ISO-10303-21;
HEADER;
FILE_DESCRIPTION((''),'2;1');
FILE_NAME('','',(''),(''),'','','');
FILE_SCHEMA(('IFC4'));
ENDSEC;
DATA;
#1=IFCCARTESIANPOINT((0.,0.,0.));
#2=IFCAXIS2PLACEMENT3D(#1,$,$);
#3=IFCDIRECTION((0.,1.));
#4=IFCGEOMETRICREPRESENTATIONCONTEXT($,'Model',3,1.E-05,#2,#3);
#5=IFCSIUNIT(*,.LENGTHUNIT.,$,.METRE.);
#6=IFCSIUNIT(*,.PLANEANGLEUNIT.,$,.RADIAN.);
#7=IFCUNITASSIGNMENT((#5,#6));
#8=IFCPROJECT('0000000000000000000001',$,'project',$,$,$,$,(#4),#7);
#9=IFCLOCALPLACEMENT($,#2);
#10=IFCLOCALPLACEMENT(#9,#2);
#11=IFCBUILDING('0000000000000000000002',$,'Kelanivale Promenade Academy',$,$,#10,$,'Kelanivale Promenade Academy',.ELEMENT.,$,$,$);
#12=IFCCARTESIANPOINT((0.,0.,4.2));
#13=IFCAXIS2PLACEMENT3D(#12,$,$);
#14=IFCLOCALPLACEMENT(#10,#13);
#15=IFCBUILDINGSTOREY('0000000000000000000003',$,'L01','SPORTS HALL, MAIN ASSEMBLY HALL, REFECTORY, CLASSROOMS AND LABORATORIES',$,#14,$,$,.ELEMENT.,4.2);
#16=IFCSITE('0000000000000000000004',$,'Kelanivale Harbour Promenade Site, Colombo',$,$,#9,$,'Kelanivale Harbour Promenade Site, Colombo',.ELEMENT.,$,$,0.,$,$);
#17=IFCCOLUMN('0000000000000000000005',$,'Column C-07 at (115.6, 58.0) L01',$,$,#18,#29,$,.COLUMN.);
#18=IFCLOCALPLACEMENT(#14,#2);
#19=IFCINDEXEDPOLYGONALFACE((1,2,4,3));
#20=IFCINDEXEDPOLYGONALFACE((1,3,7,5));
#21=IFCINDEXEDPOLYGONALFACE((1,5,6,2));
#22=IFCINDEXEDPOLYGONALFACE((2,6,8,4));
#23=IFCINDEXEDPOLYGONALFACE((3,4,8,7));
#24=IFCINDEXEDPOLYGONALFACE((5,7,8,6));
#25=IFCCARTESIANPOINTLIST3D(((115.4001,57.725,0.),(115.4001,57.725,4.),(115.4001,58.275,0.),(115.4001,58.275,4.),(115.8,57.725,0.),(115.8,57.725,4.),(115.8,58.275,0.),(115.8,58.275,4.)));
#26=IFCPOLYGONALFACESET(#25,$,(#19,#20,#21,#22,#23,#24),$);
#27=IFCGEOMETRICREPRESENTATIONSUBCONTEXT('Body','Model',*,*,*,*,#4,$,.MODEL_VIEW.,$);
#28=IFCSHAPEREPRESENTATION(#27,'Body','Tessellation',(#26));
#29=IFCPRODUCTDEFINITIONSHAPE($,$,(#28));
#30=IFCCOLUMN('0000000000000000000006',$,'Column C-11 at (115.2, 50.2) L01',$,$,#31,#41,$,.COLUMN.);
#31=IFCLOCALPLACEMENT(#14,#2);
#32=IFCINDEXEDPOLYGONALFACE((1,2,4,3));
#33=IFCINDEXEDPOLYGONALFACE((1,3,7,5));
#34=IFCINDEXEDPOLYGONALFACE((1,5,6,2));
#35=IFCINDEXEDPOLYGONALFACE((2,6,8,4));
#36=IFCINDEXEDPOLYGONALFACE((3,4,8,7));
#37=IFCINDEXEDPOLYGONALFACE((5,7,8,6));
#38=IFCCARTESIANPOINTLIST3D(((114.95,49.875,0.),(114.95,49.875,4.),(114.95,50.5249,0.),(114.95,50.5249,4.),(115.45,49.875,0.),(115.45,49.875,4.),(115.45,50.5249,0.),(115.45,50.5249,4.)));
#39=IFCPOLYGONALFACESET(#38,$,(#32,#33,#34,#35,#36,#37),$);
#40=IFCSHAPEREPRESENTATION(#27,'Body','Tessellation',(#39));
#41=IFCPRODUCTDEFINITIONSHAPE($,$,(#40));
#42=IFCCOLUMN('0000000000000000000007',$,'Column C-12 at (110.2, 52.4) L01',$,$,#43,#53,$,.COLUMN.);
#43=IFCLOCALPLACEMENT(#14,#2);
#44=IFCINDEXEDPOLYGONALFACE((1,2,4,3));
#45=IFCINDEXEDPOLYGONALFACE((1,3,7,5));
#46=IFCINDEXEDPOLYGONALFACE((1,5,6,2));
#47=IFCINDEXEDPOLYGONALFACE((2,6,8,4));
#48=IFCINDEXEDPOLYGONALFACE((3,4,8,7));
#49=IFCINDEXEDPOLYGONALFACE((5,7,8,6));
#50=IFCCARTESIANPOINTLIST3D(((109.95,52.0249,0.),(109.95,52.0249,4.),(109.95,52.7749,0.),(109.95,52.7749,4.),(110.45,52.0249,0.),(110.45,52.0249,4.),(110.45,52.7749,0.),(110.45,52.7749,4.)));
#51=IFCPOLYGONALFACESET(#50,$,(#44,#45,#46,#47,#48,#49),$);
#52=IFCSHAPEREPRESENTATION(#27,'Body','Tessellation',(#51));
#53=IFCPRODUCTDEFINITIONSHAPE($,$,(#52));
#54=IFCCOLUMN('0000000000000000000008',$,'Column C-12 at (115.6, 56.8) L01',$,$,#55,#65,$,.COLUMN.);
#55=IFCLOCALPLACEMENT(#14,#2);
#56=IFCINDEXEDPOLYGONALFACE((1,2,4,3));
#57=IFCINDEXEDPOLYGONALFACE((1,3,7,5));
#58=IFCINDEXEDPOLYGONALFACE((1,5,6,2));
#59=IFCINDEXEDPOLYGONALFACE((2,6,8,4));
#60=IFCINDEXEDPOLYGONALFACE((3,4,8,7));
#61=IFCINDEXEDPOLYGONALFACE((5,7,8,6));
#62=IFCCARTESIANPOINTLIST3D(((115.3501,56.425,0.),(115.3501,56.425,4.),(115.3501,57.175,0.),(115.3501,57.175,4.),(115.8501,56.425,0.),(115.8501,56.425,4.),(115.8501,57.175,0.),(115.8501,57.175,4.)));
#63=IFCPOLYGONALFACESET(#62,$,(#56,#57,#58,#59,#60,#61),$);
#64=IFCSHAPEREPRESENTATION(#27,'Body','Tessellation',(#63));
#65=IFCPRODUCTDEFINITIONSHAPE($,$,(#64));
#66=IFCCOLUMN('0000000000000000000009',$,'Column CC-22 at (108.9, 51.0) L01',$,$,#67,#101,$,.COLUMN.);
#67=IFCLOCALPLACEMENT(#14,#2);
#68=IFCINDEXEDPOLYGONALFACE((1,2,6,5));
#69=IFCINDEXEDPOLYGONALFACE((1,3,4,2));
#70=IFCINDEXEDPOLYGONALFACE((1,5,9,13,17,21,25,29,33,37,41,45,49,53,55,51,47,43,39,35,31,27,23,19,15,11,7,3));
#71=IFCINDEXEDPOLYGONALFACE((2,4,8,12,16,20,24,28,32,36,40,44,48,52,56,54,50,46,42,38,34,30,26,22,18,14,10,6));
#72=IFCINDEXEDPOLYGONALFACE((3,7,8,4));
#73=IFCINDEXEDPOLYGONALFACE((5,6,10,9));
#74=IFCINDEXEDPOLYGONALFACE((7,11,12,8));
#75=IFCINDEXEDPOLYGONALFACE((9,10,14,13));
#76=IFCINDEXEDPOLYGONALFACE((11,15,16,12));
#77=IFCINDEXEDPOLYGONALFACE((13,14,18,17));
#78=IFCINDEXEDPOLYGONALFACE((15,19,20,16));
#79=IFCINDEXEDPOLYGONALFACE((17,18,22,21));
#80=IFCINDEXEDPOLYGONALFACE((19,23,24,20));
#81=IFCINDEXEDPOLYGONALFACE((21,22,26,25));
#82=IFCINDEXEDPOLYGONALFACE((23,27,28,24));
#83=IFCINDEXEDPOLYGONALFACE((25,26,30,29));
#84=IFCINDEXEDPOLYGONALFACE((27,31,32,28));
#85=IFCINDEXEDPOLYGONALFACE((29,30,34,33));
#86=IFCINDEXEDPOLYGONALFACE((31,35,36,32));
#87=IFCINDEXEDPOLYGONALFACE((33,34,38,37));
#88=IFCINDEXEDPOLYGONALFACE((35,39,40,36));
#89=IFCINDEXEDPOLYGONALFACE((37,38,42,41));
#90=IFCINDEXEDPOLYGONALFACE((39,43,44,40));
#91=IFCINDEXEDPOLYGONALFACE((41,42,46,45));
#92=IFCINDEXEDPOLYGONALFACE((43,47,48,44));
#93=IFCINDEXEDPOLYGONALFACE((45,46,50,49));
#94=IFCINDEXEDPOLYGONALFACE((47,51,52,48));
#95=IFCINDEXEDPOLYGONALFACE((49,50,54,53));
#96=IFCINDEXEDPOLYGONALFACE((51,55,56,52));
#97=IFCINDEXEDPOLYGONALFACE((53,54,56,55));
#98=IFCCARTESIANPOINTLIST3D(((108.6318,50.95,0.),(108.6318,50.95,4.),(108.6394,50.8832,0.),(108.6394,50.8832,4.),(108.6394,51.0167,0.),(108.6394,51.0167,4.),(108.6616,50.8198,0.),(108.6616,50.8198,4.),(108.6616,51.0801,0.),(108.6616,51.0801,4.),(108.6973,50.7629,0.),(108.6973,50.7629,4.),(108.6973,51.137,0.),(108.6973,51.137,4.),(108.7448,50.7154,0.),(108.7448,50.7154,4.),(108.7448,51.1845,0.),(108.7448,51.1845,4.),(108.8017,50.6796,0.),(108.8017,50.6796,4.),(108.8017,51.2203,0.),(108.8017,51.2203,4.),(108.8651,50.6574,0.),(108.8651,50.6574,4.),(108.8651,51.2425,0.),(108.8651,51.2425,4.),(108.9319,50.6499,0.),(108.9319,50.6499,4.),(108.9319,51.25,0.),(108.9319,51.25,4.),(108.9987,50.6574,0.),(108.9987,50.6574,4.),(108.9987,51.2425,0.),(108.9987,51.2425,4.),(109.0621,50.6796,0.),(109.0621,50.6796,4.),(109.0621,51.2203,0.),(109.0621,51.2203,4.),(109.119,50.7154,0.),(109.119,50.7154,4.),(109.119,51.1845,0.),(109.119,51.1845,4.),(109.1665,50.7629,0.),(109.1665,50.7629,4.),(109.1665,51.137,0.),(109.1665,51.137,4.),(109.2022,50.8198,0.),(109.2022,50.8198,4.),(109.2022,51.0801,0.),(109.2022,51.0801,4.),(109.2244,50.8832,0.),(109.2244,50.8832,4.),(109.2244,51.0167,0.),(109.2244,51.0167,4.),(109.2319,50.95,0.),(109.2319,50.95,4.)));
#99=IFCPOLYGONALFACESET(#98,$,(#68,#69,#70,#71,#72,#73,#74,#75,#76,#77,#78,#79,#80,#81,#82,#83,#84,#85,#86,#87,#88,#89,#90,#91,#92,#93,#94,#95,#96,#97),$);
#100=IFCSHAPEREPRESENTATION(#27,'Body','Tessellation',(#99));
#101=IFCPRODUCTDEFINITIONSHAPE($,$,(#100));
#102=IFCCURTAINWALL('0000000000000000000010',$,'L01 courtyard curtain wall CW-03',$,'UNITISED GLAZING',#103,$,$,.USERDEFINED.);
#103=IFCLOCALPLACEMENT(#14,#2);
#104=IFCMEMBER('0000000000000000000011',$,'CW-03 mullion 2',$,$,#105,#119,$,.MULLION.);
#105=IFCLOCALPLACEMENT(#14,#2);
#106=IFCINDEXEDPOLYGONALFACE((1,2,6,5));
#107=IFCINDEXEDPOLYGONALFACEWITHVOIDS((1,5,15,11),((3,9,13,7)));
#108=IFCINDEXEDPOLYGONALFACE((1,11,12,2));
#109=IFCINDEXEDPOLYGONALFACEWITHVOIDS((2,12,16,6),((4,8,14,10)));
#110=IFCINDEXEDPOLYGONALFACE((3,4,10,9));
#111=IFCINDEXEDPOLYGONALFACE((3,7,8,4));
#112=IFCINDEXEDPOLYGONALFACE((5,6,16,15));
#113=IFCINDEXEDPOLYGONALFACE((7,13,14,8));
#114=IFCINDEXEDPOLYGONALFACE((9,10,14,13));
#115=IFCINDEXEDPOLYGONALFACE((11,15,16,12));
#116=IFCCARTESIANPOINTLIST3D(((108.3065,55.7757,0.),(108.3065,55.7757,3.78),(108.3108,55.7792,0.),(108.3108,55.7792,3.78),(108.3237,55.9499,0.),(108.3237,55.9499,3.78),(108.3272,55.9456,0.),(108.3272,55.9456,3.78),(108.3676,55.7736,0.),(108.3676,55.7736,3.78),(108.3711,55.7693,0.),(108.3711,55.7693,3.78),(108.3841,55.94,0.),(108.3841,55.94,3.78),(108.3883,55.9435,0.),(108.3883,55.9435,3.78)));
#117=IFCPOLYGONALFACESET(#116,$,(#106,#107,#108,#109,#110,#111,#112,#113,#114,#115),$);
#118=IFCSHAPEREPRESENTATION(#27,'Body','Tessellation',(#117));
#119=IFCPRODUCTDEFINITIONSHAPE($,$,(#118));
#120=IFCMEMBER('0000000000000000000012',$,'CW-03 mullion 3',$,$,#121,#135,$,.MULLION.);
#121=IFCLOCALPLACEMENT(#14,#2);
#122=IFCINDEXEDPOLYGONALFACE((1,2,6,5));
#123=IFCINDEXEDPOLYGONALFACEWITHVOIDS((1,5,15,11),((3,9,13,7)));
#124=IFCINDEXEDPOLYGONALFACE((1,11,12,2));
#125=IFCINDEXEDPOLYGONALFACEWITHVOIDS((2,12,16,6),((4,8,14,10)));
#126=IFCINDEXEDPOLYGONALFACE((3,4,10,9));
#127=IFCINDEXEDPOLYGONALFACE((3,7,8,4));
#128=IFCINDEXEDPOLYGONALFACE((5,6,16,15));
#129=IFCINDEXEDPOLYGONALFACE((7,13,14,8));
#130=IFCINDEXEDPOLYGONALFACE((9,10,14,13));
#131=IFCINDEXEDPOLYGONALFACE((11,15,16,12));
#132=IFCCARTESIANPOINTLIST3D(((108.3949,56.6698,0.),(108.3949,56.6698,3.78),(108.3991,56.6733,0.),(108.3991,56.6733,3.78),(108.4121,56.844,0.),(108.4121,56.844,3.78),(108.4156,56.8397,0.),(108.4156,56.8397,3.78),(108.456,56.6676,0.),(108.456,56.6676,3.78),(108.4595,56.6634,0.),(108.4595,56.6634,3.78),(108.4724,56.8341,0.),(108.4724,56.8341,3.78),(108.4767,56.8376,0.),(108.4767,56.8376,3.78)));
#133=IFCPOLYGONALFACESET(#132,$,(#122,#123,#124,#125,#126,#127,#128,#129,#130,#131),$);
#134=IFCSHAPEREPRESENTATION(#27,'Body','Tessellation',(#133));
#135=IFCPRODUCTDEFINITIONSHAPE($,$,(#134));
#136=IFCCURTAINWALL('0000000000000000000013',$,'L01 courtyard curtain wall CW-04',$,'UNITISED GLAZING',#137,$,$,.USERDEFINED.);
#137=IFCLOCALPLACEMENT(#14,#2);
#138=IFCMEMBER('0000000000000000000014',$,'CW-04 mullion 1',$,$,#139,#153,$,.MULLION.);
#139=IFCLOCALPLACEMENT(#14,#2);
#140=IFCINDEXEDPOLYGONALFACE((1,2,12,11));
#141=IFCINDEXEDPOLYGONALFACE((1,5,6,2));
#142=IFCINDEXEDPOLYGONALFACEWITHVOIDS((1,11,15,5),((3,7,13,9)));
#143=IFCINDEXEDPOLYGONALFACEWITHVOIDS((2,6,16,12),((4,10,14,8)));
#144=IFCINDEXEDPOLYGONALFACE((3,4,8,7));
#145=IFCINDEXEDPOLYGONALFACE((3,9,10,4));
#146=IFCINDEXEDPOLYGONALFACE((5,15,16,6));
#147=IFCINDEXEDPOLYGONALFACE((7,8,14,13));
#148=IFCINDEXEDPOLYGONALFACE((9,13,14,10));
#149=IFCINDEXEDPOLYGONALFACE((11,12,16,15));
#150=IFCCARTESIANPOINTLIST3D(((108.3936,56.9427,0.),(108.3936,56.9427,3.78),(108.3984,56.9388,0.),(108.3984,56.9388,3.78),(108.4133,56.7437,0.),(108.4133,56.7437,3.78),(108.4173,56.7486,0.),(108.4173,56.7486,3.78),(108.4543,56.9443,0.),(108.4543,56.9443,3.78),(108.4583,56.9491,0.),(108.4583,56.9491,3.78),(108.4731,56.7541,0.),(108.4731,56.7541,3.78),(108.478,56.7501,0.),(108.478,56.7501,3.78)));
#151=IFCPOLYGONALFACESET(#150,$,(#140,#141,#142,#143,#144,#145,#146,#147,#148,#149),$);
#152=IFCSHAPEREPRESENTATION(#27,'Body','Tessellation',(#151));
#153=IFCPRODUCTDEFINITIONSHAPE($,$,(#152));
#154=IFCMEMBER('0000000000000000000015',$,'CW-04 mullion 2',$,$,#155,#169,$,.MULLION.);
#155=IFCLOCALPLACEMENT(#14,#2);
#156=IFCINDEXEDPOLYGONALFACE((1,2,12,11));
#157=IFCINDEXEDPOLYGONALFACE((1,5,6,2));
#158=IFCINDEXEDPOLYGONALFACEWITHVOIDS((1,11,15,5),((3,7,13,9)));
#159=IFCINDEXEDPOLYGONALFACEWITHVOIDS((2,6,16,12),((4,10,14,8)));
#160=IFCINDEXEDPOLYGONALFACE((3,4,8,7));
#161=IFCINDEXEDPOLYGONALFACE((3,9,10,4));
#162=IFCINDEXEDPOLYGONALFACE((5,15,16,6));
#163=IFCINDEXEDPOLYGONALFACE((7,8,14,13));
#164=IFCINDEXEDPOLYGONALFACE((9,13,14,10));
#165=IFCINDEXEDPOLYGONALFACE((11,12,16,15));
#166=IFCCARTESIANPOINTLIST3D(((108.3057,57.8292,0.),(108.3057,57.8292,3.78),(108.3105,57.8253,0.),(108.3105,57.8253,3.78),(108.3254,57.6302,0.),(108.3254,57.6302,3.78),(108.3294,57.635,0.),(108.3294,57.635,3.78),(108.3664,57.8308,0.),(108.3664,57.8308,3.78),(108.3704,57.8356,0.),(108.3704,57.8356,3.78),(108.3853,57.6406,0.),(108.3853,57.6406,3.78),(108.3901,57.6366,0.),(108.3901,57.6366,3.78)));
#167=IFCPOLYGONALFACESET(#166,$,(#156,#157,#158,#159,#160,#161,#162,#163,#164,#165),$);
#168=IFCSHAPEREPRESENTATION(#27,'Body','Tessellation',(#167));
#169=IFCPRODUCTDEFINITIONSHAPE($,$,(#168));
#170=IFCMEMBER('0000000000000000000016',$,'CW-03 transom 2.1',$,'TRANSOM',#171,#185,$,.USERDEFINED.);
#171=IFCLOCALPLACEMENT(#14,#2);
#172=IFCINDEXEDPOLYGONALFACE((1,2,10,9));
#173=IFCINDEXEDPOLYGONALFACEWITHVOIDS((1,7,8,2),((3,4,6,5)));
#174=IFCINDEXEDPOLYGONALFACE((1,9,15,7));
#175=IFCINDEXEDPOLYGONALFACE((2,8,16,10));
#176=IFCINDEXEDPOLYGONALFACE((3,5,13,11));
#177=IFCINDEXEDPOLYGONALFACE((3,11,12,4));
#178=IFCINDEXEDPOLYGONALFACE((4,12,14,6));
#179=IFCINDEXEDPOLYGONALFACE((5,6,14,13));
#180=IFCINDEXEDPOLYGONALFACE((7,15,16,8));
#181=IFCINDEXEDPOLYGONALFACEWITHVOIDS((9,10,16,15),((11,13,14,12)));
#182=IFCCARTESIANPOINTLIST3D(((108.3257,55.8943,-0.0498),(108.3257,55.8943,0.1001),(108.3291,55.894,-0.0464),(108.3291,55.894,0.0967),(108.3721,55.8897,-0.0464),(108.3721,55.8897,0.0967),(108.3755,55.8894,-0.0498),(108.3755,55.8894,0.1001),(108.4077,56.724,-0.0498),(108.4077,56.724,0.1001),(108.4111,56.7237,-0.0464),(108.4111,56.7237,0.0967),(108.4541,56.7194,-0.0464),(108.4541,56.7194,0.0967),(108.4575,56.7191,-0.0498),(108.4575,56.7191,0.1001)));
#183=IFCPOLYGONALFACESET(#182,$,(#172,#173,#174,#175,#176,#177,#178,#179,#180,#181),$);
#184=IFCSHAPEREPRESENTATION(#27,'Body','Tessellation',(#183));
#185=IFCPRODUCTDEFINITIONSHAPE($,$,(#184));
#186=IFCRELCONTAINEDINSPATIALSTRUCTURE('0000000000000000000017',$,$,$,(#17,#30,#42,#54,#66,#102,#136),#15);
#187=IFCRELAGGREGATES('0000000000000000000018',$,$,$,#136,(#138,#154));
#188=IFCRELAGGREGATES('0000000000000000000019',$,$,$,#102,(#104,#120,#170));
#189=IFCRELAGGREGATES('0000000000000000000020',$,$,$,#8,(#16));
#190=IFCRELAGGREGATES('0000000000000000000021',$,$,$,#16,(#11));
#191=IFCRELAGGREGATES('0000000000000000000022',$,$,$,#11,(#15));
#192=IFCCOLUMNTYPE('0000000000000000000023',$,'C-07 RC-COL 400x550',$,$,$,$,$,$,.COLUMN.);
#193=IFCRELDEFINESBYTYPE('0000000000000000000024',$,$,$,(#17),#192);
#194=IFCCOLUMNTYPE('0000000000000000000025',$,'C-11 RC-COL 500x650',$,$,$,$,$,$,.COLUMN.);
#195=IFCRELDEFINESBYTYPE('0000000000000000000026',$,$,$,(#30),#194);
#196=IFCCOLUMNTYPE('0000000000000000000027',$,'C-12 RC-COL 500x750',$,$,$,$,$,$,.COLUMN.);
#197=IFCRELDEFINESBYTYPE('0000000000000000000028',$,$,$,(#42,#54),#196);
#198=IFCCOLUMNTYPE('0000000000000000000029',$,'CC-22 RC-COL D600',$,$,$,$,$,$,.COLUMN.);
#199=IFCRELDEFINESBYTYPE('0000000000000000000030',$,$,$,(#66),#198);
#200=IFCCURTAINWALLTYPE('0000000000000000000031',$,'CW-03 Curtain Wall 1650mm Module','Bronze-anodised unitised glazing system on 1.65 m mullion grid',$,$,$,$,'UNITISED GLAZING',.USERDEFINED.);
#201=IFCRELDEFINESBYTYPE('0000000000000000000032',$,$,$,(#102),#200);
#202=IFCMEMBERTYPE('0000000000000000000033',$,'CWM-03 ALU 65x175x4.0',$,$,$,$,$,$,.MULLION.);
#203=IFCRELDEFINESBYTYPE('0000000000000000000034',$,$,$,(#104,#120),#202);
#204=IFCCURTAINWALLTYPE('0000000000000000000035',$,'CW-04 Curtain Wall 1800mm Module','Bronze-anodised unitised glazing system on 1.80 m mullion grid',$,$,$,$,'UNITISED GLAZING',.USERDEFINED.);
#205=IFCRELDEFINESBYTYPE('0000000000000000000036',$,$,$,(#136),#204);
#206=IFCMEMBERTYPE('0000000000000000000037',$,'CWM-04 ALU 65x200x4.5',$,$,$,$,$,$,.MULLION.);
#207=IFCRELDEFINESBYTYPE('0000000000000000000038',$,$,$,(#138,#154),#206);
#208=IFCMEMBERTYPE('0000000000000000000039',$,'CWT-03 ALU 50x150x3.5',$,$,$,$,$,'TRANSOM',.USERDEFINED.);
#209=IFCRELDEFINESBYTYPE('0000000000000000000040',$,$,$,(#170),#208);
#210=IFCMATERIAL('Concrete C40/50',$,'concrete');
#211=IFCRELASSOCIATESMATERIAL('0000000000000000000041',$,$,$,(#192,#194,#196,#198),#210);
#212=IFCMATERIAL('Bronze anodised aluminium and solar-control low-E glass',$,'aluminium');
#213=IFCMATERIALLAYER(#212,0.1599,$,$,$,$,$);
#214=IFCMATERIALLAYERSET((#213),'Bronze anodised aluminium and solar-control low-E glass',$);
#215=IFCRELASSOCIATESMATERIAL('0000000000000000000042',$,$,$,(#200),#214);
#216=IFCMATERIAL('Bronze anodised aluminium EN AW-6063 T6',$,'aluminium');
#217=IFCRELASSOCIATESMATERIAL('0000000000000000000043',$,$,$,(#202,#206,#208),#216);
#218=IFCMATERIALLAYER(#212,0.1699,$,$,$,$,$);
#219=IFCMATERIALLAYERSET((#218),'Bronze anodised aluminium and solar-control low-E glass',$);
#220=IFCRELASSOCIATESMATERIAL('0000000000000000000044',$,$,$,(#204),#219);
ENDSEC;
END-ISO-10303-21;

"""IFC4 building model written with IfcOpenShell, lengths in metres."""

from ifc_helpers import new_model, si_unit, direction, frame, origin, origin_2d, place, context, subcontext, project, spatial, rectangle, hollow_rectangle, circle, extrude, material, layer, layer_set, material_profile, profile_set, type_object, element, aggregate, save


model = new_model("IFC4")

# Units and contexts
model_context = context("Model", 3, precision=1e-05, world=origin(), true_north=direction((0.0, 1.0)))
body_context = subcontext(model_context, "Body", "Model", "MODEL_VIEW")
ifc_project = project(units=[si_unit("LENGTHUNIT", "METRE"), si_unit("PLANEANGLEUNIT", "RADIAN")], contexts=[model_context])

# Site, building, storey
site_placement = place(None, origin())
site = spatial("IfcSite", under=ifc_project, at=site_placement, Name="Kelanivale Harbour Promenade Site, Colombo", LongName="Kelanivale Harbour Promenade Site, Colombo", CompositionType="ELEMENT", RefElevation=0.0)
building_placement = place(site_placement, origin())
building = spatial("IfcBuilding", under=site, at=building_placement, Name="Kelanivale Promenade Academy", LongName="Kelanivale Promenade Academy", CompositionType="ELEMENT")
storey_placement = place(building_placement, frame((0.0, 0.0, 4.2)))
storey = spatial("IfcBuildingStorey", under=building, at=storey_placement, Name="L01", Description="SPORTS HALL, MAIN ASSEMBLY HALL, REFECTORY, CLASSROOMS AND LABORATORIES", CompositionType="ELEMENT", Elevation=4.2)

# Columns
ifc_material_1 = material(Name="Concrete C40/50", Category="concrete")
ifc_material_profile_1 = material_profile(ifc_material_1, rectangle(XDim=0.3999, YDim=0.55, at=origin_2d()), Name="RC-COL 400x550")
ifc_profile_set_1 = profile_set([ifc_material_profile_1], Name="Concrete C40/50")
column_type_1 = type_object("IfcColumnType", Name="C-07 RC-COL 400x550", PredefinedType="COLUMN", material=ifc_profile_set_1)
column_1_placement = place(storey_placement, frame((115.6001, 58.0, 0.0), z_axis=(0.0, 0.0, 1.0), x_axis=(1.0, 0.0, 0.0)))
element("IfcColumn", 1, at=column_1_placement, inside=storey, type_object=column_type_1, Name="Column C-07 at (115.6, 58.0) L01", PredefinedType="COLUMN", context=body_context, shape_type="SweptSolid", body=[
    extrude(rectangle(XDim=0.3999, YDim=0.55, at=origin_2d()), origin(), (0.0, 0.0, 1.0), 4.0),
])
ifc_material_profile_2 = material_profile(ifc_material_1, rectangle(XDim=0.5, YDim=0.6499, at=origin_2d()), Name="RC-COL 500x650")
ifc_profile_set_2 = profile_set([ifc_material_profile_2], Name="Concrete C40/50")
column_type_2 = type_object("IfcColumnType", Name="C-11 RC-COL 500x650", PredefinedType="COLUMN", material=ifc_profile_set_2)
column_2_placement = place(storey_placement, frame((115.2, 50.2, 0.0), z_axis=(0.0, 0.0, 1.0), x_axis=(1.0, 0.0, 0.0)))
element("IfcColumn", 2, at=column_2_placement, inside=storey, type_object=column_type_2, Name="Column C-11 at (115.2, 50.2) L01", PredefinedType="COLUMN", context=body_context, shape_type="SweptSolid", body=[
    extrude(rectangle(XDim=0.5, YDim=0.6499, at=origin_2d()), origin(), (0.0, 0.0, 1.0), 4.0),
])
ifc_material_profile_3 = material_profile(ifc_material_1, rectangle(XDim=0.5, YDim=0.75, at=origin_2d()), Name="RC-COL 500x750")
ifc_profile_set_3 = profile_set([ifc_material_profile_3], Name="Concrete C40/50")
column_type_3 = type_object("IfcColumnType", Name="C-12 RC-COL 500x750", PredefinedType="COLUMN", material=ifc_profile_set_3)
for number, where, z_axis, x_axis, name in (
    (3, (110.2, 52.3999, 0.0), (0.0, 0.0, 1.0), (1.0, 0.0, 0.0), "Column C-12 at (110.2, 52.4) L01"),
    (4, (115.6001, 56.8, 0.0), (0.0, 0.0, 1.0), (1.0, 0.0, 0.0), "Column C-12 at (115.6, 56.8) L01"),
):
    element("IfcColumn", number, at=place(storey_placement, frame(where, z_axis=z_axis, x_axis=x_axis)), inside=storey, type_object=column_type_3, Name=name, PredefinedType="COLUMN", context=body_context, shape_type="SweptSolid", body=[
        extrude(rectangle(XDim=0.5, YDim=0.75, at=origin_2d()), origin(), (0.0, 0.0, 1.0), 4.0),
    ])
ifc_material_profile_4 = material_profile(ifc_material_1, circle(Radius=0.3, at=origin_2d()), Name="RC-COL D600")
ifc_profile_set_4 = profile_set([ifc_material_profile_4], Name="Concrete C40/50")
column_type_4 = type_object("IfcColumnType", Name="CC-22 RC-COL D600", PredefinedType="COLUMN", material=ifc_profile_set_4)
column_3_placement = place(storey_placement, frame((108.9319, 50.95, 0.0), z_axis=(0.0, 0.0, 1.0), x_axis=(1.0, 0.0, 0.0)))
element("IfcColumn", 5, at=column_3_placement, inside=storey, type_object=column_type_4, Name="Column CC-22 at (108.9, 51.0) L01", PredefinedType="COLUMN", context=body_context, shape_type="SweptSolid", body=[
    extrude(circle(Radius=0.3, at=origin_2d()), origin(), (0.0, 0.0, 1.0), 4.0),
])

# Curtain walls, members
ifc_material_2 = material(Name="Bronze anodised aluminium and solar-control low-E glass", Category="aluminium")
ifc_layer_1 = layer(ifc_material_2, 0.1599)
ifc_layer_set_1 = layer_set([ifc_layer_1], Name="Bronze anodised aluminium and solar-control low-E glass")
curtain_wall_type_1 = type_object("IfcCurtainWallType", Name="CW-03 Curtain Wall 1650mm Module", Description="Bronze-anodised unitised glazing system on 1.65 m mullion grid", ElementType="UNITISED GLAZING", PredefinedType="USERDEFINED", material=ifc_layer_set_1)
curtain_wall_1_placement = place(storey_placement, origin())
curtain_wall_1 = element("IfcCurtainWall", 6, at=curtain_wall_1_placement, inside=storey, type_object=curtain_wall_type_1, Name="L01 courtyard curtain wall CW-03", ObjectType="UNITISED GLAZING", PredefinedType="USERDEFINED")
ifc_material_3 = material(Name="Bronze anodised aluminium EN AW-6063 T6", Category="aluminium")
ifc_material_profile_5 = material_profile(ifc_material_3, hollow_rectangle(XDim=0.0649, YDim=0.175, WallThickness=0.0039, at=origin_2d()), Name="ALU 65x175x4.0")
ifc_profile_set_5 = profile_set([ifc_material_profile_5], Name="Bronze anodised aluminium EN AW-6063 T6")
member_type_1 = type_object("IfcMemberType", Name="CWM-03 ALU 65x175x4.0", PredefinedType="MULLION", material=ifc_profile_set_5)
member_1_placement = place(storey_placement, frame((108.3474, 55.8596, 0.0), z_axis=(0.0, 0.0, 1.0), x_axis=(-0.995159, 0.098281, 0.0)))
member_1 = element("IfcMember", 7, at=member_1_placement, type_object=member_type_1, Name="CW-03 mullion 2", PredefinedType="MULLION", context=body_context, shape_type="SweptSolid", body=[
    extrude(hollow_rectangle(XDim=0.0649, YDim=0.175, WallThickness=0.0039, at=origin_2d()), origin(), (0.0, 0.0, 1.0), 3.78),
])
member_2_placement = place(storey_placement, frame((108.4358, 56.7537, 0.0), z_axis=(0.0, 0.0, 1.0), x_axis=(-0.995159, 0.098281, 0.0)))
member_2 = element("IfcMember", 8, at=member_2_placement, type_object=member_type_1, Name="CW-03 mullion 3", PredefinedType="MULLION", context=body_context, shape_type="SweptSolid", body=[
    extrude(hollow_rectangle(XDim=0.0649, YDim=0.175, WallThickness=0.0039, at=origin_2d()), origin(), (0.0, 0.0, 1.0), 3.78),
])
ifc_layer_2 = layer(ifc_material_2, 0.1699)
ifc_layer_set_2 = layer_set([ifc_layer_2], Name="Bronze anodised aluminium and solar-control low-E glass")
curtain_wall_type_2 = type_object("IfcCurtainWallType", Name="CW-04 Curtain Wall 1800mm Module", Description="Bronze-anodised unitised glazing system on 1.80 m mullion grid", ElementType="UNITISED GLAZING", PredefinedType="USERDEFINED", material=ifc_layer_set_2)
curtain_wall_2_placement = place(storey_placement, origin())
curtain_wall_2 = element("IfcCurtainWall", 9, at=curtain_wall_2_placement, inside=storey, type_object=curtain_wall_type_2, Name="L01 courtyard curtain wall CW-04", ObjectType="UNITISED GLAZING", PredefinedType="USERDEFINED")
ifc_material_profile_6 = material_profile(ifc_material_3, hollow_rectangle(XDim=0.0649, YDim=0.2, WallThickness=0.0044, at=origin_2d()), Name="ALU 65x200x4.5")
ifc_profile_set_6 = profile_set([ifc_material_profile_6], Name="Bronze anodised aluminium EN AW-6063 T6")
member_type_2 = type_object("IfcMemberType", Name="CWM-04 ALU 65x200x4.5", PredefinedType="MULLION", material=ifc_profile_set_6)
member_3_placement = place(storey_placement, frame((108.4358, 56.8464, 0.0), z_axis=(0.0, 0.0, 1.0), x_axis=(-0.995133, -0.098539, 0.0)))
member_3 = element("IfcMember", 10, at=member_3_placement, type_object=member_type_2, Name="CW-04 mullion 1", PredefinedType="MULLION", context=body_context, shape_type="SweptSolid", body=[
    extrude(hollow_rectangle(XDim=0.0649, YDim=0.2, WallThickness=0.0044, at=origin_2d()), origin(), (0.0, 0.0, 1.0), 3.78),
])
member_4_placement = place(storey_placement, frame((108.3479, 57.7329, 0.0), z_axis=(0.0, 0.0, 1.0), x_axis=(-0.995133, -0.098539, 0.0)))
member_4 = element("IfcMember", 11, at=member_4_placement, type_object=member_type_2, Name="CW-04 mullion 2", PredefinedType="MULLION", context=body_context, shape_type="SweptSolid", body=[
    extrude(hollow_rectangle(XDim=0.0649, YDim=0.2, WallThickness=0.0044, at=origin_2d()), origin(), (0.0, 0.0, 1.0), 3.78),
])

# Member
ifc_material_profile_7 = material_profile(ifc_material_3, hollow_rectangle(XDim=0.05, YDim=0.1499, WallThickness=0.0034, at=origin_2d()), Name="ALU 50x150x3.5")
ifc_profile_set_7 = profile_set([ifc_material_profile_7], Name="Bronze anodised aluminium EN AW-6063 T6")
member_type_3 = type_object("IfcMemberType", Name="CWT-03 ALU 50x150x3.5", ElementType="TRANSOM", PredefinedType="USERDEFINED", material=ifc_profile_set_7)
member_5_placement = place(storey_placement, frame((108.3506, 55.8918, 0.0251), z_axis=(0.098402, 0.995147, 0.0), x_axis=(-0.995147, 0.098402, 0.0)))
member_5 = element("IfcMember", 12, at=member_5_placement, type_object=member_type_3, Name="CW-03 transom 2.1", ObjectType="TRANSOM", PredefinedType="USERDEFINED", context=body_context, shape_type="SweptSolid", body=[
    extrude(hollow_rectangle(XDim=0.05, YDim=0.1499, WallThickness=0.0034, at=origin_2d()), origin(), (0.0, 0.0, 1.0), 0.8337),
])

aggregate(curtain_wall_2, [member_3, member_4])
aggregate(curtain_wall_1, [member_1, member_2, member_5])

save(model, "model.ifc")
